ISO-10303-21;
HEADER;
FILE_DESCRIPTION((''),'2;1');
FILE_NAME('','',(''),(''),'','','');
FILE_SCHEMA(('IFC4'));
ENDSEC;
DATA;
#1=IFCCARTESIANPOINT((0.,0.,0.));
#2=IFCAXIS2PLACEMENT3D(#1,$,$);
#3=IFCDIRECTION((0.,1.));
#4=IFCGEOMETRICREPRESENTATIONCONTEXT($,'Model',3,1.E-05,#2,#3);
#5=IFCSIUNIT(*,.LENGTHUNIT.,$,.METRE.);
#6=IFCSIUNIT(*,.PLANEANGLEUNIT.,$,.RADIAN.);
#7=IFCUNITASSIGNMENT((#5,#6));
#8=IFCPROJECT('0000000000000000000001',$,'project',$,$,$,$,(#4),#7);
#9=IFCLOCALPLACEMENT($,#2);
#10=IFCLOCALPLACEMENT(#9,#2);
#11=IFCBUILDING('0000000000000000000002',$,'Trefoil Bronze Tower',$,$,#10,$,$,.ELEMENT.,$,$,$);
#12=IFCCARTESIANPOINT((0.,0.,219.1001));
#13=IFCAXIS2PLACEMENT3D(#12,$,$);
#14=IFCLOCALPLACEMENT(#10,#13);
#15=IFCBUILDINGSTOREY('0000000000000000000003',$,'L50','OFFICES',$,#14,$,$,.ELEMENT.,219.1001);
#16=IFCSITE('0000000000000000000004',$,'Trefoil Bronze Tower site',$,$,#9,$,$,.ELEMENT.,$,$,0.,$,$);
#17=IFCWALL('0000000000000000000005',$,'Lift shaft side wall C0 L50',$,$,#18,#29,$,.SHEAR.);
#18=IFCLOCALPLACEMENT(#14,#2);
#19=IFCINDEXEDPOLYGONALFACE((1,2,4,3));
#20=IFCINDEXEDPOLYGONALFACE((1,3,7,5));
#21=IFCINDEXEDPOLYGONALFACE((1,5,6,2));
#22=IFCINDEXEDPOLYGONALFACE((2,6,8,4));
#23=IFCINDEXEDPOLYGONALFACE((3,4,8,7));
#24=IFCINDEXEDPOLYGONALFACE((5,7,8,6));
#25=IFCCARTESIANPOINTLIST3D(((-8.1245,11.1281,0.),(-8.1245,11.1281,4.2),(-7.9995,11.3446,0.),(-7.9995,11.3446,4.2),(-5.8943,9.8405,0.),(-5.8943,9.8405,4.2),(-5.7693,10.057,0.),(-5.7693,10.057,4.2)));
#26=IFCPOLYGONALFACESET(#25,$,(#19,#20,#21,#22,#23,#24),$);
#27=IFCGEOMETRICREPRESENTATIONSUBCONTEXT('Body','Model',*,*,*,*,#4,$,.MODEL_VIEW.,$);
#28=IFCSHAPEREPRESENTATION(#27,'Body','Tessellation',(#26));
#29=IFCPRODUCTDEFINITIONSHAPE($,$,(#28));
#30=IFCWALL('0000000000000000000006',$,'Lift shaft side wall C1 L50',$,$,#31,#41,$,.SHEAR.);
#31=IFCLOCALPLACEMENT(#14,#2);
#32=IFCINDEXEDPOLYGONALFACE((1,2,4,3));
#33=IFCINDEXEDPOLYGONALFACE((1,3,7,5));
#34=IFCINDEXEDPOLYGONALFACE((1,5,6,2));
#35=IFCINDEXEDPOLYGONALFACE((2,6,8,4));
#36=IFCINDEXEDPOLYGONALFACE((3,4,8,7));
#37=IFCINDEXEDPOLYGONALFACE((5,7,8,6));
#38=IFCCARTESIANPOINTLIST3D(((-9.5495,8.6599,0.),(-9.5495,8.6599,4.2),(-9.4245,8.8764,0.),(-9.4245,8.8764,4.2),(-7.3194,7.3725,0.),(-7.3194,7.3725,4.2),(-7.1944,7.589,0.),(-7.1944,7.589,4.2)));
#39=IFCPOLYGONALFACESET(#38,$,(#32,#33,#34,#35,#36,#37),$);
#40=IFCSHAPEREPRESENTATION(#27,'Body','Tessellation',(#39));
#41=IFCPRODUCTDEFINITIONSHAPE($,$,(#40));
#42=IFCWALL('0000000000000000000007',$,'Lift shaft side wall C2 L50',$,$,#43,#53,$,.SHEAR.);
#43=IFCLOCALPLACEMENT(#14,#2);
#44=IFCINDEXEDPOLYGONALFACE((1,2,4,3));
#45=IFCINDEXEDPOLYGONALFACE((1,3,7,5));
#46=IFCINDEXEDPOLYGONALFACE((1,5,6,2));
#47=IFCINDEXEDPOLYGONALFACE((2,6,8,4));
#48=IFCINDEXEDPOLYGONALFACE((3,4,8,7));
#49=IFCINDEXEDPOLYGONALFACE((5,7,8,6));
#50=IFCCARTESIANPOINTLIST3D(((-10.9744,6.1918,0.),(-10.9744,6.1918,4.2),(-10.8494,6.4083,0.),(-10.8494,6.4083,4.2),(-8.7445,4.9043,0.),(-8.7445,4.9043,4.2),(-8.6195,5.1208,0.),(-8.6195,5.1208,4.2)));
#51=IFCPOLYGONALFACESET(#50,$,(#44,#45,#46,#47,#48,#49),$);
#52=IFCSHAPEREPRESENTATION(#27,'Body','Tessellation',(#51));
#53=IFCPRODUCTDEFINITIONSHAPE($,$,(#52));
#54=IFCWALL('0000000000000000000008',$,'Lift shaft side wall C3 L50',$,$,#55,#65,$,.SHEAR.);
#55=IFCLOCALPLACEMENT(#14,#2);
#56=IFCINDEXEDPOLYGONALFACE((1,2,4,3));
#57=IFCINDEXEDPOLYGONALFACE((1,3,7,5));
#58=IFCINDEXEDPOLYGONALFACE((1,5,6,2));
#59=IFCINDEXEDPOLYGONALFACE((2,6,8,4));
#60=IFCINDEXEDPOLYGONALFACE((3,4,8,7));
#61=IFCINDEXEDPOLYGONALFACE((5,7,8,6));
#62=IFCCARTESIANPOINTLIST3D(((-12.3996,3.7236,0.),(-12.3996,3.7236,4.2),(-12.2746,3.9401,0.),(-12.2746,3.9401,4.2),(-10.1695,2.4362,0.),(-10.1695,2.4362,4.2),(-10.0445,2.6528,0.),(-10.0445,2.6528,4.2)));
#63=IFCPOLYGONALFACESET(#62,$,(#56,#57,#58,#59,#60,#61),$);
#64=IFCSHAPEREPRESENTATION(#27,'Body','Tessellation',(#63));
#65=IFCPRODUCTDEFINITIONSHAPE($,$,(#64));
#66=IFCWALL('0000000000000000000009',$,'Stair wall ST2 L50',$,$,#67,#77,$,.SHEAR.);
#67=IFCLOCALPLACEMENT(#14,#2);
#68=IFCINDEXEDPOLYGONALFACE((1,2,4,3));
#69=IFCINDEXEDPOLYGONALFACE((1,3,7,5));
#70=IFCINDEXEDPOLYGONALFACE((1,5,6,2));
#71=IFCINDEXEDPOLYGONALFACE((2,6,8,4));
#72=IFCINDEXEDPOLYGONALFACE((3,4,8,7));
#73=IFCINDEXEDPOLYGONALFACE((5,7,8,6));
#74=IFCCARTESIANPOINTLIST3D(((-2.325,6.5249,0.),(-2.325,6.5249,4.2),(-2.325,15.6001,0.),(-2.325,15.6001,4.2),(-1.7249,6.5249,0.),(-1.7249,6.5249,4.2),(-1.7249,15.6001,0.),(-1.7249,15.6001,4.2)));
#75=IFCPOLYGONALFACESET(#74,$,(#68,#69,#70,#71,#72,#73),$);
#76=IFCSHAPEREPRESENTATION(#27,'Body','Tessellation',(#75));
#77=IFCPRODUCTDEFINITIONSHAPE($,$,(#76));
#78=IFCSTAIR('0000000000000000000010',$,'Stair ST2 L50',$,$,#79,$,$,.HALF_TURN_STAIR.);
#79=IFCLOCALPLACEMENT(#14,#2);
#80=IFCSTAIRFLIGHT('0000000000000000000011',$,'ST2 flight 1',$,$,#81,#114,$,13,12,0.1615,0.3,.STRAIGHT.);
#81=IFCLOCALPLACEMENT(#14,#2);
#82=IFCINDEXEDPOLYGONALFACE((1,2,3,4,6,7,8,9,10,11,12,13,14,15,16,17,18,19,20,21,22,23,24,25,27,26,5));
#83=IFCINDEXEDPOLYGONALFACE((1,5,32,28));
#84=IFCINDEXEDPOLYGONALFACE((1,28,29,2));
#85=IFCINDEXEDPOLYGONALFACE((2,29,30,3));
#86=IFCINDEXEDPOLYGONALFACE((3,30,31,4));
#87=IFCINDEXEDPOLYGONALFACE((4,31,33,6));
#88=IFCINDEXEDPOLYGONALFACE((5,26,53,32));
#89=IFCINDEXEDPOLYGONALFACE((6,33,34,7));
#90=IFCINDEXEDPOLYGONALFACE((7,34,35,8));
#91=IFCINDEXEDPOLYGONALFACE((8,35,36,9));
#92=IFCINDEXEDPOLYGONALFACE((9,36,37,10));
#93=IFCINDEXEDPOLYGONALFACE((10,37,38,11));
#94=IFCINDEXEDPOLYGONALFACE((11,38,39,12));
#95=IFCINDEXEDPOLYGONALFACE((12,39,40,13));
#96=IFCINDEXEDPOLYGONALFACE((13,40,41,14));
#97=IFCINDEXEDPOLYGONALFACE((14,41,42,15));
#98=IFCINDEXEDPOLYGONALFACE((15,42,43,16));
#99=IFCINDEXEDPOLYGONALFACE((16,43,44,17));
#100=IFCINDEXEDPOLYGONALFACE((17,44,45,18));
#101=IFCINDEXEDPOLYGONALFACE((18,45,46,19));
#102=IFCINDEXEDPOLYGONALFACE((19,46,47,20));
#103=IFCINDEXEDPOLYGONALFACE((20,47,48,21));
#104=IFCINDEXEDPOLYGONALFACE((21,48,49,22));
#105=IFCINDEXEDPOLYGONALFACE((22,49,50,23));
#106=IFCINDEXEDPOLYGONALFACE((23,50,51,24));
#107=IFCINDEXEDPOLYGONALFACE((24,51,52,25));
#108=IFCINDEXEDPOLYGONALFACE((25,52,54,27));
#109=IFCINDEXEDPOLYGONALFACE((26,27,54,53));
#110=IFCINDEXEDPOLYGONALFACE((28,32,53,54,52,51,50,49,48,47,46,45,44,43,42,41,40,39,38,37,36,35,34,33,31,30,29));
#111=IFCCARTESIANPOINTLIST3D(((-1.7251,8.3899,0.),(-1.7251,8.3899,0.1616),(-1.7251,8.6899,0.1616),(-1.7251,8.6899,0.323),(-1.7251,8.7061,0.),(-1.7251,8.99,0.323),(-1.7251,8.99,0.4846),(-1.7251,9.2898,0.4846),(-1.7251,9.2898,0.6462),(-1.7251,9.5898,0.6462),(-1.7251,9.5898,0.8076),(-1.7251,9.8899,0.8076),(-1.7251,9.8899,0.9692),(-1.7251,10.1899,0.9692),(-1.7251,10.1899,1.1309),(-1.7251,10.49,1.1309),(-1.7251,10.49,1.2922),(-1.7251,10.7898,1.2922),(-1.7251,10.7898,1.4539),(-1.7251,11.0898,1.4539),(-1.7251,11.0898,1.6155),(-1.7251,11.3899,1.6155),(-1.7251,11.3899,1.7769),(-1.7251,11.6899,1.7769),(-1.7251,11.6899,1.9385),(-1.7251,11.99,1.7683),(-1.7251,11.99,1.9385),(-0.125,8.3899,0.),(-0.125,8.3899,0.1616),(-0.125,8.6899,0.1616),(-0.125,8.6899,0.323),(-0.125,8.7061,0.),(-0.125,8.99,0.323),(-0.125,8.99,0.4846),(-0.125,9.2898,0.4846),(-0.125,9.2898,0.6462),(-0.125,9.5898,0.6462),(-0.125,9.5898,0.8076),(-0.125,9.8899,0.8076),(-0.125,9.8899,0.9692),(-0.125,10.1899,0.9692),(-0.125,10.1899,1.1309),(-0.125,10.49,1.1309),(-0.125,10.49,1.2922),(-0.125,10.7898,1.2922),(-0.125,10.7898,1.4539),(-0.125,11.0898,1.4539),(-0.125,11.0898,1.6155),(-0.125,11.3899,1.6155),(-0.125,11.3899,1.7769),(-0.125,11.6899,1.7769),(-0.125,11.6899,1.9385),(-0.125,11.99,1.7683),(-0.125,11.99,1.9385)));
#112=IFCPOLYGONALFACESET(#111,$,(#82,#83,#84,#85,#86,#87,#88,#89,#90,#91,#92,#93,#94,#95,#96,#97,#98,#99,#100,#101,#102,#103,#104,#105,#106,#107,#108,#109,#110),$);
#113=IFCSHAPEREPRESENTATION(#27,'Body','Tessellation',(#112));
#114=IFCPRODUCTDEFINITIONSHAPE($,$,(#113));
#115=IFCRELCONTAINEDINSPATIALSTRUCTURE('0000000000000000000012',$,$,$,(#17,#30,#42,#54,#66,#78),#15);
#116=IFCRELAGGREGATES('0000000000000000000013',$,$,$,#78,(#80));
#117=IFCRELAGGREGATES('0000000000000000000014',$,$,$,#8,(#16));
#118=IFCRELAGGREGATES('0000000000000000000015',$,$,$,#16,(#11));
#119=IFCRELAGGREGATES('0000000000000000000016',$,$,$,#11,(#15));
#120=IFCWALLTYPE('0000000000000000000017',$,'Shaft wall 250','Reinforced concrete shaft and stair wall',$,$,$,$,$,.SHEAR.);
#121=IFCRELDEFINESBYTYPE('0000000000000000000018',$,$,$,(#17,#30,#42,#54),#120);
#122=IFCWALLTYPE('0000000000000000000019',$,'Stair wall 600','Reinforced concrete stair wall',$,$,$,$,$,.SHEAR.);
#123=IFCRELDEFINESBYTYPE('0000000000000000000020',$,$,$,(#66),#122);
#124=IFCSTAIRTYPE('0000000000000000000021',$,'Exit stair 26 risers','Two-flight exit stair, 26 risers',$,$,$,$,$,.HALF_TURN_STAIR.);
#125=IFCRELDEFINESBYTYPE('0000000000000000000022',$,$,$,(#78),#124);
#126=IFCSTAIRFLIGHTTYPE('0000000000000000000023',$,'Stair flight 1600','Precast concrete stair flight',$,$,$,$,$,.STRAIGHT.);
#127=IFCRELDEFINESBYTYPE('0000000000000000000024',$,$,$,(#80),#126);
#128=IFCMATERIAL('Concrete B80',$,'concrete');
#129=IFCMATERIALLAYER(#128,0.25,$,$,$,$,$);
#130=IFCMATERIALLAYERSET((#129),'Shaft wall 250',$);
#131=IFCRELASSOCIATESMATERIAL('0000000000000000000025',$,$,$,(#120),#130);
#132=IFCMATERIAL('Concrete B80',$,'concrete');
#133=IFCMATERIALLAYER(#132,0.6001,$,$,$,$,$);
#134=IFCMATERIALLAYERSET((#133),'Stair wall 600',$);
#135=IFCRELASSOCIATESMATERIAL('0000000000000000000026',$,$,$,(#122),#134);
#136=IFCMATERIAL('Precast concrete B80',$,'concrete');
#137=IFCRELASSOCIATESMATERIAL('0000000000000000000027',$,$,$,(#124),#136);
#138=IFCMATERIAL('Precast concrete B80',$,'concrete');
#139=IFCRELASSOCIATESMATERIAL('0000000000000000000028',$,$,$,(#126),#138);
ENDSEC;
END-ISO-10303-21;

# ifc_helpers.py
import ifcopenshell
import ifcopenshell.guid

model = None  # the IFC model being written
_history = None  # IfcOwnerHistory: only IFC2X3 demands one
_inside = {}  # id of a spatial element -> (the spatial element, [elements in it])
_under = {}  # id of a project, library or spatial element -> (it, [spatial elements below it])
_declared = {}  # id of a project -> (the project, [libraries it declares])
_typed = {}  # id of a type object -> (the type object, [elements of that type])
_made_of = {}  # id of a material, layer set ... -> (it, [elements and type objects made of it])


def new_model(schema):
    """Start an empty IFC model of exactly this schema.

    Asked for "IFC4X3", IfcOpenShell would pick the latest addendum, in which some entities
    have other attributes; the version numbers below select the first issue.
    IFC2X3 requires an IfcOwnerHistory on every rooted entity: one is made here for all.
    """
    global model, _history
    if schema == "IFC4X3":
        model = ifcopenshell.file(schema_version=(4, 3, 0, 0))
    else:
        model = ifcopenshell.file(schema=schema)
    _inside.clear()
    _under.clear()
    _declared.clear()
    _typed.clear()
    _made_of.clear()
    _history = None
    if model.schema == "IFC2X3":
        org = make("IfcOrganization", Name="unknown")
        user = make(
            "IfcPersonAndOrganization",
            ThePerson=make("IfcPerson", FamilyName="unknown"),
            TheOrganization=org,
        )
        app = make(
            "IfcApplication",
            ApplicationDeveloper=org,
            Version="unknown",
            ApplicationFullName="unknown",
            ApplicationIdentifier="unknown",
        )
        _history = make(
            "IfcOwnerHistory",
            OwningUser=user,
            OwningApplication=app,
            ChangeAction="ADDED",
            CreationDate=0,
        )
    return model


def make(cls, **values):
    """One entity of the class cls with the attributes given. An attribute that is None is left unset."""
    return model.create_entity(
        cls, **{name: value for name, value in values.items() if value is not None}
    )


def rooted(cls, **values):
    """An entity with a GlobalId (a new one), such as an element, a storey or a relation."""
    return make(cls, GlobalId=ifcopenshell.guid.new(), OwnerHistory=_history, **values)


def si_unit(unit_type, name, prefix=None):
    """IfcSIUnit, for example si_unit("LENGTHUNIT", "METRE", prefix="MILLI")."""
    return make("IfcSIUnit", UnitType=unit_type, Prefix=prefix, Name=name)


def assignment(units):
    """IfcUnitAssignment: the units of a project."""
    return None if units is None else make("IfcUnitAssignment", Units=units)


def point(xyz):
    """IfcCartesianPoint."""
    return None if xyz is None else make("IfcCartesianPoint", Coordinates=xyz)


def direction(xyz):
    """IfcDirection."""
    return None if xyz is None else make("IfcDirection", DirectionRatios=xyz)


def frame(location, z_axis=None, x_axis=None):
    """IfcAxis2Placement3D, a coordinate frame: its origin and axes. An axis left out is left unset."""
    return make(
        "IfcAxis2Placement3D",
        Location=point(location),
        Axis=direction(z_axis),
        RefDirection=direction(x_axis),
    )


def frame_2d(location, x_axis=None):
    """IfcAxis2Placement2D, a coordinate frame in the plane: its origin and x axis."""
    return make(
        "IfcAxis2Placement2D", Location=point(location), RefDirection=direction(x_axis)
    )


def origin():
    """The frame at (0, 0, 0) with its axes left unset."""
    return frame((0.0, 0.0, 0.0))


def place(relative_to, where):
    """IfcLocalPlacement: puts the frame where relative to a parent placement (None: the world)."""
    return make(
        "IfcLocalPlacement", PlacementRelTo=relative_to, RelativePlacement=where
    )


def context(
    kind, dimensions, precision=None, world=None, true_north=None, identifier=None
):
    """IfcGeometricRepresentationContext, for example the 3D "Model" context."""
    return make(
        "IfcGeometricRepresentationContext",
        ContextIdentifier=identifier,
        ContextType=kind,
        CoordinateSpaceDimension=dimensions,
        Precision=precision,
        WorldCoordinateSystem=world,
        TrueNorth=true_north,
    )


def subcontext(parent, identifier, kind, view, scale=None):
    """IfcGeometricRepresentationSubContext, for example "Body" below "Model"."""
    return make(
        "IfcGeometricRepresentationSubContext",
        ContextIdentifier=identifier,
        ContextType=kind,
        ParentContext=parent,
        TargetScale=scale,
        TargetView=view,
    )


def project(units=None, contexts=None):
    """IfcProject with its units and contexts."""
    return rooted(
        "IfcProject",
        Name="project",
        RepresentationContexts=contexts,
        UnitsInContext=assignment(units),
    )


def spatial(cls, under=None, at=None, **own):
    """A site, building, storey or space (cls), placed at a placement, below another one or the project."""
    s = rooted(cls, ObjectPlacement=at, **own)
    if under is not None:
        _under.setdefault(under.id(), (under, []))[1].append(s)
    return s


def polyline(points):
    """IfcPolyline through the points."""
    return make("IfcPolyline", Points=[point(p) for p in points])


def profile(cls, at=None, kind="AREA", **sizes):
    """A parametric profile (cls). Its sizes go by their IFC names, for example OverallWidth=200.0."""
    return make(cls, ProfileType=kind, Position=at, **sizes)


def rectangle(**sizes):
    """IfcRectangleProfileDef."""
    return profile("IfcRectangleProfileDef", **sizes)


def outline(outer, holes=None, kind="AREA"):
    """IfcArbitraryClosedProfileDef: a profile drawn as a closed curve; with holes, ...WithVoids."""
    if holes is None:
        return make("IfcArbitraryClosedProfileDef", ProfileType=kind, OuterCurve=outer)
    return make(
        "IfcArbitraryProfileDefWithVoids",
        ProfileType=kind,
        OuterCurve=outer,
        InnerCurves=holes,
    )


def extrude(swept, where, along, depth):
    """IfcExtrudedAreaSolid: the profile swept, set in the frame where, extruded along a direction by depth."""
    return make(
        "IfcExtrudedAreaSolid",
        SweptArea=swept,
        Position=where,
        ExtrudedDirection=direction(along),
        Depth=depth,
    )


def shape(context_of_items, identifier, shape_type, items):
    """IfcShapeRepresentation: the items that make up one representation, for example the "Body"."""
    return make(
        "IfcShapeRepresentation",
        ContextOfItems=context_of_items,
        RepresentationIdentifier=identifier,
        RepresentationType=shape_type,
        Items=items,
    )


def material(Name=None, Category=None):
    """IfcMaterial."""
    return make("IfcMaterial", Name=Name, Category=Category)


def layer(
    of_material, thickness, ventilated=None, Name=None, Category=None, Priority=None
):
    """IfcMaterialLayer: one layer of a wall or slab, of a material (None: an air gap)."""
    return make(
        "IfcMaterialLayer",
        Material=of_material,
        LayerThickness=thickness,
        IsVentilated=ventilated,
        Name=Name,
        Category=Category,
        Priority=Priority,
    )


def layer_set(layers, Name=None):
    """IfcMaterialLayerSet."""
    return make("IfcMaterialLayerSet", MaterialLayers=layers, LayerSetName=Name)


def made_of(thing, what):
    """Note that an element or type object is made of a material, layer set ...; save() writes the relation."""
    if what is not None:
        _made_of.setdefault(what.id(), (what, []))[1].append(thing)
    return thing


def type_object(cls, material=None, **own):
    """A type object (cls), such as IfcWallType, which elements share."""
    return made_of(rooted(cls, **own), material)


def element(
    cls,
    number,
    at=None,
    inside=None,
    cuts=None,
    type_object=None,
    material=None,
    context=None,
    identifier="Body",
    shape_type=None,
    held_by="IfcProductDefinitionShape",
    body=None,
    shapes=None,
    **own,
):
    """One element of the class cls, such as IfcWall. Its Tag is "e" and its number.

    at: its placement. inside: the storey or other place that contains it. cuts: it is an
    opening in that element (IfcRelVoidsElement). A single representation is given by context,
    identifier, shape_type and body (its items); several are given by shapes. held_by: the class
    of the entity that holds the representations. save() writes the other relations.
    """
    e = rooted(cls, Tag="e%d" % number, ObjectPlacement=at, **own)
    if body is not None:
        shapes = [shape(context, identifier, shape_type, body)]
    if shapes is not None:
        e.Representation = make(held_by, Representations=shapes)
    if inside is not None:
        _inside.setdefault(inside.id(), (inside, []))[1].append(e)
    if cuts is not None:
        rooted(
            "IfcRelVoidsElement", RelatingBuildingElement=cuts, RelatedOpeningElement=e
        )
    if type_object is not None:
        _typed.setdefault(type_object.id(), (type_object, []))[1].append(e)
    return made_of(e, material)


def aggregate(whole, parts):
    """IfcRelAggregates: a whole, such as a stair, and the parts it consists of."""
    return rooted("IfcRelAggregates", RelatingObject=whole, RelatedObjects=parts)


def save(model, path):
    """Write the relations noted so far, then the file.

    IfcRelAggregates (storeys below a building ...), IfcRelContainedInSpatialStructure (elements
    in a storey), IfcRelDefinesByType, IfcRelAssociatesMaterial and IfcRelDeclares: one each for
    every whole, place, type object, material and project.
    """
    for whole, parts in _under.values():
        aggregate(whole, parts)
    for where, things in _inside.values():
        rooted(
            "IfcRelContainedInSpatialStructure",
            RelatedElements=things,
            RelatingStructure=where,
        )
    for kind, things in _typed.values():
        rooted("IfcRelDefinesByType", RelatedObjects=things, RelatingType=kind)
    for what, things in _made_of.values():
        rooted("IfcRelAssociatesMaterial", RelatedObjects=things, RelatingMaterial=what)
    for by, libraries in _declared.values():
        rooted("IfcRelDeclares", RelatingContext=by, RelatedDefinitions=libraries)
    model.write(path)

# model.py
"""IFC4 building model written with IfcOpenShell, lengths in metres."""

from ifc_helpers import new_model, si_unit, direction, frame, frame_2d, origin, place, context, subcontext, project, spatial, polyline, rectangle, outline, extrude, material, layer, layer_set, type_object, element, aggregate, save


model = new_model("IFC4")

# Units and contexts
model_context = context("Model", 3, precision=1e-05, world=origin(), true_north=direction((0.0, 1.0)))
body_context = subcontext(model_context, "Body", "Model", "MODEL_VIEW")
ifc_project = project(units=[si_unit("LENGTHUNIT", "METRE"), si_unit("PLANEANGLEUNIT", "RADIAN")], contexts=[model_context])

# Site, building, storey
site_placement = place(None, origin())
site = spatial("IfcSite", under=ifc_project, at=site_placement, Name="Trefoil Bronze Tower site", CompositionType="ELEMENT", RefElevation=0.0)
building_placement = place(site_placement, origin())
building = spatial("IfcBuilding", under=site, at=building_placement, Name="Trefoil Bronze Tower", CompositionType="ELEMENT")
storey_placement = place(building_placement, frame((0.0, 0.0, 219.1001)))
storey = spatial("IfcBuildingStorey", under=building, at=storey_placement, Name="L50", Description="OFFICES", CompositionType="ELEMENT", Elevation=219.1001)

# Shared definitions
ifc_material_1 = material(Name="Concrete B80", Category="concrete")
ifc_layer_1 = layer(ifc_material_1, 0.25)
ifc_layer_set_1 = layer_set([ifc_layer_1], Name="Shaft wall 250")
wall_type_1 = type_object("IfcWallType", Name="Shaft wall 250", Description="Reinforced concrete shaft and stair wall", PredefinedType="SHEAR", material=ifc_layer_set_1)

# Walls
wall_1_placement = place(storey_placement, frame((-5.8318, 9.9487, 0.0), z_axis=(0.0, 0.0, 1.0), x_axis=(-0.866029, 0.499993, 0.0)))
element("IfcWall", 1, at=wall_1_placement, inside=storey, type_object=wall_type_1, Name="Lift shaft side wall C0 L50", PredefinedType="SHEAR", context=body_context, shape_type="SweptSolid", body=[
    extrude(rectangle(XDim=2.5752, YDim=0.25, at=frame_2d((1.2876, 0.0))), origin(), (0.0, 0.0, 1.0), 4.2),
])
for number, where, z_axis, x_axis, name in (
    (2, (-7.2568, 7.4807, 0.0), (0.0, 0.0, 1.0), (-0.866047, 0.499963, 0.0), "Lift shaft side wall C1 L50"),
    (3, (-8.6819, 5.0125, 0.0), (0.0, 0.0, 1.0), (-0.866006, 0.500034, 0.0), "Lift shaft side wall C2 L50"),
    (4, (-10.1069, 2.5444, 0.0), (0.0, 0.0, 1.0), (-0.866047, 0.499963, 0.0), "Lift shaft side wall C3 L50"),
):
    element("IfcWall", number, at=place(storey_placement, frame(where, z_axis=z_axis, x_axis=x_axis)), inside=storey, type_object=wall_type_1, Name=name, PredefinedType="SHEAR", context=body_context, shape_type="SweptSolid", body=[
        extrude(rectangle(XDim=2.575, YDim=0.25, at=frame_2d((1.2876, 0.0))), origin(), (0.0, 0.0, 1.0), 4.2),
    ])
ifc_material_2 = material(Name="Concrete B80", Category="concrete")
ifc_layer_2 = layer(ifc_material_2, 0.6001)
ifc_layer_set_2 = layer_set([ifc_layer_2], Name="Stair wall 600")
wall_type_2 = type_object("IfcWallType", Name="Stair wall 600", Description="Reinforced concrete stair wall", PredefinedType="SHEAR", material=ifc_layer_set_2)
wall_2_placement = place(storey_placement, frame((-2.0249, 6.5249, 0.0), z_axis=(0.0, 0.0, 1.0), x_axis=(0.0, 1.0, 0.0)))
element("IfcWall", 5, at=wall_2_placement, inside=storey, type_object=wall_type_2, Name="Stair wall ST2 L50", PredefinedType="SHEAR", context=body_context, shape_type="SweptSolid", body=[
    extrude(rectangle(XDim=9.0752, YDim=0.6001, at=frame_2d((4.5376, 0.0))), origin(), (0.0, 0.0, 1.0), 4.2),
])

# Stair, stair flight
ifc_material_3 = material(Name="Precast concrete B80", Category="concrete")
stair_type = type_object("IfcStairType", Name="Exit stair 26 risers", Description="Two-flight exit stair, 26 risers", PredefinedType="HALF_TURN_STAIR", material=ifc_material_3)
stair_placement = place(storey_placement, origin())
stair = element("IfcStair", 6, at=stair_placement, inside=storey, type_object=stair_type, Name="Stair ST2 L50", PredefinedType="HALF_TURN_STAIR")
ifc_material_4 = material(Name="Precast concrete B80", Category="concrete")
stair_flight_type = type_object("IfcStairFlightType", Name="Stair flight 1600", Description="Precast concrete stair flight", PredefinedType="STRAIGHT", material=ifc_material_4)
stair_flight_placement = place(storey_placement, frame((-0.925, 8.3899, 0.0), z_axis=(0.0, 0.0, 1.0), x_axis=(0.0, 1.0, 0.0)))
stair_flight = element("IfcStairFlight", 7, at=stair_flight_placement, type_object=stair_flight_type, Name="ST2 flight 1", NumberOfRisers=13, NumberOfTreads=12, PredefinedType="STRAIGHT", RiserHeight=0.1615, TreadLength=0.3, context=body_context, shape_type="SweptSolid", body=[
    extrude(outline(polyline([(0.0, 0.0), (0.0, 0.1616), (0.3, 0.1616), (0.3, 0.323), (0.6001, 0.323), (0.6001, 0.4846), (0.8999, 0.4846), (0.8999, 0.6462), (1.2, 0.6462), (1.2, 0.8076), (1.5, 0.8076), (1.5, 0.9692), (1.8, 0.9692), (1.8, 1.1309), (2.1001, 1.1309), (2.1001, 1.2922), (2.3999, 1.2922), (2.3999, 1.4539), (2.7, 1.4539), (2.7, 1.6155), (3.0, 1.6155), (3.0, 1.7769), (3.3, 1.7769), (3.3, 1.9385), (3.6001, 1.9385), (3.6001, 2.1001), (3.6001, 1.7683), (0.3162, 0.0), (0.0, 0.0)])), frame((0.0, 0.8, 0.0), z_axis=(0.0, -1.0, 0.0), x_axis=(1.0, 0.0, 0.0)), (0.0, 0.0, 1.0), 1.6001),
])
aggregate(stair, [stair_flight])

save(model, "model.ifc")
